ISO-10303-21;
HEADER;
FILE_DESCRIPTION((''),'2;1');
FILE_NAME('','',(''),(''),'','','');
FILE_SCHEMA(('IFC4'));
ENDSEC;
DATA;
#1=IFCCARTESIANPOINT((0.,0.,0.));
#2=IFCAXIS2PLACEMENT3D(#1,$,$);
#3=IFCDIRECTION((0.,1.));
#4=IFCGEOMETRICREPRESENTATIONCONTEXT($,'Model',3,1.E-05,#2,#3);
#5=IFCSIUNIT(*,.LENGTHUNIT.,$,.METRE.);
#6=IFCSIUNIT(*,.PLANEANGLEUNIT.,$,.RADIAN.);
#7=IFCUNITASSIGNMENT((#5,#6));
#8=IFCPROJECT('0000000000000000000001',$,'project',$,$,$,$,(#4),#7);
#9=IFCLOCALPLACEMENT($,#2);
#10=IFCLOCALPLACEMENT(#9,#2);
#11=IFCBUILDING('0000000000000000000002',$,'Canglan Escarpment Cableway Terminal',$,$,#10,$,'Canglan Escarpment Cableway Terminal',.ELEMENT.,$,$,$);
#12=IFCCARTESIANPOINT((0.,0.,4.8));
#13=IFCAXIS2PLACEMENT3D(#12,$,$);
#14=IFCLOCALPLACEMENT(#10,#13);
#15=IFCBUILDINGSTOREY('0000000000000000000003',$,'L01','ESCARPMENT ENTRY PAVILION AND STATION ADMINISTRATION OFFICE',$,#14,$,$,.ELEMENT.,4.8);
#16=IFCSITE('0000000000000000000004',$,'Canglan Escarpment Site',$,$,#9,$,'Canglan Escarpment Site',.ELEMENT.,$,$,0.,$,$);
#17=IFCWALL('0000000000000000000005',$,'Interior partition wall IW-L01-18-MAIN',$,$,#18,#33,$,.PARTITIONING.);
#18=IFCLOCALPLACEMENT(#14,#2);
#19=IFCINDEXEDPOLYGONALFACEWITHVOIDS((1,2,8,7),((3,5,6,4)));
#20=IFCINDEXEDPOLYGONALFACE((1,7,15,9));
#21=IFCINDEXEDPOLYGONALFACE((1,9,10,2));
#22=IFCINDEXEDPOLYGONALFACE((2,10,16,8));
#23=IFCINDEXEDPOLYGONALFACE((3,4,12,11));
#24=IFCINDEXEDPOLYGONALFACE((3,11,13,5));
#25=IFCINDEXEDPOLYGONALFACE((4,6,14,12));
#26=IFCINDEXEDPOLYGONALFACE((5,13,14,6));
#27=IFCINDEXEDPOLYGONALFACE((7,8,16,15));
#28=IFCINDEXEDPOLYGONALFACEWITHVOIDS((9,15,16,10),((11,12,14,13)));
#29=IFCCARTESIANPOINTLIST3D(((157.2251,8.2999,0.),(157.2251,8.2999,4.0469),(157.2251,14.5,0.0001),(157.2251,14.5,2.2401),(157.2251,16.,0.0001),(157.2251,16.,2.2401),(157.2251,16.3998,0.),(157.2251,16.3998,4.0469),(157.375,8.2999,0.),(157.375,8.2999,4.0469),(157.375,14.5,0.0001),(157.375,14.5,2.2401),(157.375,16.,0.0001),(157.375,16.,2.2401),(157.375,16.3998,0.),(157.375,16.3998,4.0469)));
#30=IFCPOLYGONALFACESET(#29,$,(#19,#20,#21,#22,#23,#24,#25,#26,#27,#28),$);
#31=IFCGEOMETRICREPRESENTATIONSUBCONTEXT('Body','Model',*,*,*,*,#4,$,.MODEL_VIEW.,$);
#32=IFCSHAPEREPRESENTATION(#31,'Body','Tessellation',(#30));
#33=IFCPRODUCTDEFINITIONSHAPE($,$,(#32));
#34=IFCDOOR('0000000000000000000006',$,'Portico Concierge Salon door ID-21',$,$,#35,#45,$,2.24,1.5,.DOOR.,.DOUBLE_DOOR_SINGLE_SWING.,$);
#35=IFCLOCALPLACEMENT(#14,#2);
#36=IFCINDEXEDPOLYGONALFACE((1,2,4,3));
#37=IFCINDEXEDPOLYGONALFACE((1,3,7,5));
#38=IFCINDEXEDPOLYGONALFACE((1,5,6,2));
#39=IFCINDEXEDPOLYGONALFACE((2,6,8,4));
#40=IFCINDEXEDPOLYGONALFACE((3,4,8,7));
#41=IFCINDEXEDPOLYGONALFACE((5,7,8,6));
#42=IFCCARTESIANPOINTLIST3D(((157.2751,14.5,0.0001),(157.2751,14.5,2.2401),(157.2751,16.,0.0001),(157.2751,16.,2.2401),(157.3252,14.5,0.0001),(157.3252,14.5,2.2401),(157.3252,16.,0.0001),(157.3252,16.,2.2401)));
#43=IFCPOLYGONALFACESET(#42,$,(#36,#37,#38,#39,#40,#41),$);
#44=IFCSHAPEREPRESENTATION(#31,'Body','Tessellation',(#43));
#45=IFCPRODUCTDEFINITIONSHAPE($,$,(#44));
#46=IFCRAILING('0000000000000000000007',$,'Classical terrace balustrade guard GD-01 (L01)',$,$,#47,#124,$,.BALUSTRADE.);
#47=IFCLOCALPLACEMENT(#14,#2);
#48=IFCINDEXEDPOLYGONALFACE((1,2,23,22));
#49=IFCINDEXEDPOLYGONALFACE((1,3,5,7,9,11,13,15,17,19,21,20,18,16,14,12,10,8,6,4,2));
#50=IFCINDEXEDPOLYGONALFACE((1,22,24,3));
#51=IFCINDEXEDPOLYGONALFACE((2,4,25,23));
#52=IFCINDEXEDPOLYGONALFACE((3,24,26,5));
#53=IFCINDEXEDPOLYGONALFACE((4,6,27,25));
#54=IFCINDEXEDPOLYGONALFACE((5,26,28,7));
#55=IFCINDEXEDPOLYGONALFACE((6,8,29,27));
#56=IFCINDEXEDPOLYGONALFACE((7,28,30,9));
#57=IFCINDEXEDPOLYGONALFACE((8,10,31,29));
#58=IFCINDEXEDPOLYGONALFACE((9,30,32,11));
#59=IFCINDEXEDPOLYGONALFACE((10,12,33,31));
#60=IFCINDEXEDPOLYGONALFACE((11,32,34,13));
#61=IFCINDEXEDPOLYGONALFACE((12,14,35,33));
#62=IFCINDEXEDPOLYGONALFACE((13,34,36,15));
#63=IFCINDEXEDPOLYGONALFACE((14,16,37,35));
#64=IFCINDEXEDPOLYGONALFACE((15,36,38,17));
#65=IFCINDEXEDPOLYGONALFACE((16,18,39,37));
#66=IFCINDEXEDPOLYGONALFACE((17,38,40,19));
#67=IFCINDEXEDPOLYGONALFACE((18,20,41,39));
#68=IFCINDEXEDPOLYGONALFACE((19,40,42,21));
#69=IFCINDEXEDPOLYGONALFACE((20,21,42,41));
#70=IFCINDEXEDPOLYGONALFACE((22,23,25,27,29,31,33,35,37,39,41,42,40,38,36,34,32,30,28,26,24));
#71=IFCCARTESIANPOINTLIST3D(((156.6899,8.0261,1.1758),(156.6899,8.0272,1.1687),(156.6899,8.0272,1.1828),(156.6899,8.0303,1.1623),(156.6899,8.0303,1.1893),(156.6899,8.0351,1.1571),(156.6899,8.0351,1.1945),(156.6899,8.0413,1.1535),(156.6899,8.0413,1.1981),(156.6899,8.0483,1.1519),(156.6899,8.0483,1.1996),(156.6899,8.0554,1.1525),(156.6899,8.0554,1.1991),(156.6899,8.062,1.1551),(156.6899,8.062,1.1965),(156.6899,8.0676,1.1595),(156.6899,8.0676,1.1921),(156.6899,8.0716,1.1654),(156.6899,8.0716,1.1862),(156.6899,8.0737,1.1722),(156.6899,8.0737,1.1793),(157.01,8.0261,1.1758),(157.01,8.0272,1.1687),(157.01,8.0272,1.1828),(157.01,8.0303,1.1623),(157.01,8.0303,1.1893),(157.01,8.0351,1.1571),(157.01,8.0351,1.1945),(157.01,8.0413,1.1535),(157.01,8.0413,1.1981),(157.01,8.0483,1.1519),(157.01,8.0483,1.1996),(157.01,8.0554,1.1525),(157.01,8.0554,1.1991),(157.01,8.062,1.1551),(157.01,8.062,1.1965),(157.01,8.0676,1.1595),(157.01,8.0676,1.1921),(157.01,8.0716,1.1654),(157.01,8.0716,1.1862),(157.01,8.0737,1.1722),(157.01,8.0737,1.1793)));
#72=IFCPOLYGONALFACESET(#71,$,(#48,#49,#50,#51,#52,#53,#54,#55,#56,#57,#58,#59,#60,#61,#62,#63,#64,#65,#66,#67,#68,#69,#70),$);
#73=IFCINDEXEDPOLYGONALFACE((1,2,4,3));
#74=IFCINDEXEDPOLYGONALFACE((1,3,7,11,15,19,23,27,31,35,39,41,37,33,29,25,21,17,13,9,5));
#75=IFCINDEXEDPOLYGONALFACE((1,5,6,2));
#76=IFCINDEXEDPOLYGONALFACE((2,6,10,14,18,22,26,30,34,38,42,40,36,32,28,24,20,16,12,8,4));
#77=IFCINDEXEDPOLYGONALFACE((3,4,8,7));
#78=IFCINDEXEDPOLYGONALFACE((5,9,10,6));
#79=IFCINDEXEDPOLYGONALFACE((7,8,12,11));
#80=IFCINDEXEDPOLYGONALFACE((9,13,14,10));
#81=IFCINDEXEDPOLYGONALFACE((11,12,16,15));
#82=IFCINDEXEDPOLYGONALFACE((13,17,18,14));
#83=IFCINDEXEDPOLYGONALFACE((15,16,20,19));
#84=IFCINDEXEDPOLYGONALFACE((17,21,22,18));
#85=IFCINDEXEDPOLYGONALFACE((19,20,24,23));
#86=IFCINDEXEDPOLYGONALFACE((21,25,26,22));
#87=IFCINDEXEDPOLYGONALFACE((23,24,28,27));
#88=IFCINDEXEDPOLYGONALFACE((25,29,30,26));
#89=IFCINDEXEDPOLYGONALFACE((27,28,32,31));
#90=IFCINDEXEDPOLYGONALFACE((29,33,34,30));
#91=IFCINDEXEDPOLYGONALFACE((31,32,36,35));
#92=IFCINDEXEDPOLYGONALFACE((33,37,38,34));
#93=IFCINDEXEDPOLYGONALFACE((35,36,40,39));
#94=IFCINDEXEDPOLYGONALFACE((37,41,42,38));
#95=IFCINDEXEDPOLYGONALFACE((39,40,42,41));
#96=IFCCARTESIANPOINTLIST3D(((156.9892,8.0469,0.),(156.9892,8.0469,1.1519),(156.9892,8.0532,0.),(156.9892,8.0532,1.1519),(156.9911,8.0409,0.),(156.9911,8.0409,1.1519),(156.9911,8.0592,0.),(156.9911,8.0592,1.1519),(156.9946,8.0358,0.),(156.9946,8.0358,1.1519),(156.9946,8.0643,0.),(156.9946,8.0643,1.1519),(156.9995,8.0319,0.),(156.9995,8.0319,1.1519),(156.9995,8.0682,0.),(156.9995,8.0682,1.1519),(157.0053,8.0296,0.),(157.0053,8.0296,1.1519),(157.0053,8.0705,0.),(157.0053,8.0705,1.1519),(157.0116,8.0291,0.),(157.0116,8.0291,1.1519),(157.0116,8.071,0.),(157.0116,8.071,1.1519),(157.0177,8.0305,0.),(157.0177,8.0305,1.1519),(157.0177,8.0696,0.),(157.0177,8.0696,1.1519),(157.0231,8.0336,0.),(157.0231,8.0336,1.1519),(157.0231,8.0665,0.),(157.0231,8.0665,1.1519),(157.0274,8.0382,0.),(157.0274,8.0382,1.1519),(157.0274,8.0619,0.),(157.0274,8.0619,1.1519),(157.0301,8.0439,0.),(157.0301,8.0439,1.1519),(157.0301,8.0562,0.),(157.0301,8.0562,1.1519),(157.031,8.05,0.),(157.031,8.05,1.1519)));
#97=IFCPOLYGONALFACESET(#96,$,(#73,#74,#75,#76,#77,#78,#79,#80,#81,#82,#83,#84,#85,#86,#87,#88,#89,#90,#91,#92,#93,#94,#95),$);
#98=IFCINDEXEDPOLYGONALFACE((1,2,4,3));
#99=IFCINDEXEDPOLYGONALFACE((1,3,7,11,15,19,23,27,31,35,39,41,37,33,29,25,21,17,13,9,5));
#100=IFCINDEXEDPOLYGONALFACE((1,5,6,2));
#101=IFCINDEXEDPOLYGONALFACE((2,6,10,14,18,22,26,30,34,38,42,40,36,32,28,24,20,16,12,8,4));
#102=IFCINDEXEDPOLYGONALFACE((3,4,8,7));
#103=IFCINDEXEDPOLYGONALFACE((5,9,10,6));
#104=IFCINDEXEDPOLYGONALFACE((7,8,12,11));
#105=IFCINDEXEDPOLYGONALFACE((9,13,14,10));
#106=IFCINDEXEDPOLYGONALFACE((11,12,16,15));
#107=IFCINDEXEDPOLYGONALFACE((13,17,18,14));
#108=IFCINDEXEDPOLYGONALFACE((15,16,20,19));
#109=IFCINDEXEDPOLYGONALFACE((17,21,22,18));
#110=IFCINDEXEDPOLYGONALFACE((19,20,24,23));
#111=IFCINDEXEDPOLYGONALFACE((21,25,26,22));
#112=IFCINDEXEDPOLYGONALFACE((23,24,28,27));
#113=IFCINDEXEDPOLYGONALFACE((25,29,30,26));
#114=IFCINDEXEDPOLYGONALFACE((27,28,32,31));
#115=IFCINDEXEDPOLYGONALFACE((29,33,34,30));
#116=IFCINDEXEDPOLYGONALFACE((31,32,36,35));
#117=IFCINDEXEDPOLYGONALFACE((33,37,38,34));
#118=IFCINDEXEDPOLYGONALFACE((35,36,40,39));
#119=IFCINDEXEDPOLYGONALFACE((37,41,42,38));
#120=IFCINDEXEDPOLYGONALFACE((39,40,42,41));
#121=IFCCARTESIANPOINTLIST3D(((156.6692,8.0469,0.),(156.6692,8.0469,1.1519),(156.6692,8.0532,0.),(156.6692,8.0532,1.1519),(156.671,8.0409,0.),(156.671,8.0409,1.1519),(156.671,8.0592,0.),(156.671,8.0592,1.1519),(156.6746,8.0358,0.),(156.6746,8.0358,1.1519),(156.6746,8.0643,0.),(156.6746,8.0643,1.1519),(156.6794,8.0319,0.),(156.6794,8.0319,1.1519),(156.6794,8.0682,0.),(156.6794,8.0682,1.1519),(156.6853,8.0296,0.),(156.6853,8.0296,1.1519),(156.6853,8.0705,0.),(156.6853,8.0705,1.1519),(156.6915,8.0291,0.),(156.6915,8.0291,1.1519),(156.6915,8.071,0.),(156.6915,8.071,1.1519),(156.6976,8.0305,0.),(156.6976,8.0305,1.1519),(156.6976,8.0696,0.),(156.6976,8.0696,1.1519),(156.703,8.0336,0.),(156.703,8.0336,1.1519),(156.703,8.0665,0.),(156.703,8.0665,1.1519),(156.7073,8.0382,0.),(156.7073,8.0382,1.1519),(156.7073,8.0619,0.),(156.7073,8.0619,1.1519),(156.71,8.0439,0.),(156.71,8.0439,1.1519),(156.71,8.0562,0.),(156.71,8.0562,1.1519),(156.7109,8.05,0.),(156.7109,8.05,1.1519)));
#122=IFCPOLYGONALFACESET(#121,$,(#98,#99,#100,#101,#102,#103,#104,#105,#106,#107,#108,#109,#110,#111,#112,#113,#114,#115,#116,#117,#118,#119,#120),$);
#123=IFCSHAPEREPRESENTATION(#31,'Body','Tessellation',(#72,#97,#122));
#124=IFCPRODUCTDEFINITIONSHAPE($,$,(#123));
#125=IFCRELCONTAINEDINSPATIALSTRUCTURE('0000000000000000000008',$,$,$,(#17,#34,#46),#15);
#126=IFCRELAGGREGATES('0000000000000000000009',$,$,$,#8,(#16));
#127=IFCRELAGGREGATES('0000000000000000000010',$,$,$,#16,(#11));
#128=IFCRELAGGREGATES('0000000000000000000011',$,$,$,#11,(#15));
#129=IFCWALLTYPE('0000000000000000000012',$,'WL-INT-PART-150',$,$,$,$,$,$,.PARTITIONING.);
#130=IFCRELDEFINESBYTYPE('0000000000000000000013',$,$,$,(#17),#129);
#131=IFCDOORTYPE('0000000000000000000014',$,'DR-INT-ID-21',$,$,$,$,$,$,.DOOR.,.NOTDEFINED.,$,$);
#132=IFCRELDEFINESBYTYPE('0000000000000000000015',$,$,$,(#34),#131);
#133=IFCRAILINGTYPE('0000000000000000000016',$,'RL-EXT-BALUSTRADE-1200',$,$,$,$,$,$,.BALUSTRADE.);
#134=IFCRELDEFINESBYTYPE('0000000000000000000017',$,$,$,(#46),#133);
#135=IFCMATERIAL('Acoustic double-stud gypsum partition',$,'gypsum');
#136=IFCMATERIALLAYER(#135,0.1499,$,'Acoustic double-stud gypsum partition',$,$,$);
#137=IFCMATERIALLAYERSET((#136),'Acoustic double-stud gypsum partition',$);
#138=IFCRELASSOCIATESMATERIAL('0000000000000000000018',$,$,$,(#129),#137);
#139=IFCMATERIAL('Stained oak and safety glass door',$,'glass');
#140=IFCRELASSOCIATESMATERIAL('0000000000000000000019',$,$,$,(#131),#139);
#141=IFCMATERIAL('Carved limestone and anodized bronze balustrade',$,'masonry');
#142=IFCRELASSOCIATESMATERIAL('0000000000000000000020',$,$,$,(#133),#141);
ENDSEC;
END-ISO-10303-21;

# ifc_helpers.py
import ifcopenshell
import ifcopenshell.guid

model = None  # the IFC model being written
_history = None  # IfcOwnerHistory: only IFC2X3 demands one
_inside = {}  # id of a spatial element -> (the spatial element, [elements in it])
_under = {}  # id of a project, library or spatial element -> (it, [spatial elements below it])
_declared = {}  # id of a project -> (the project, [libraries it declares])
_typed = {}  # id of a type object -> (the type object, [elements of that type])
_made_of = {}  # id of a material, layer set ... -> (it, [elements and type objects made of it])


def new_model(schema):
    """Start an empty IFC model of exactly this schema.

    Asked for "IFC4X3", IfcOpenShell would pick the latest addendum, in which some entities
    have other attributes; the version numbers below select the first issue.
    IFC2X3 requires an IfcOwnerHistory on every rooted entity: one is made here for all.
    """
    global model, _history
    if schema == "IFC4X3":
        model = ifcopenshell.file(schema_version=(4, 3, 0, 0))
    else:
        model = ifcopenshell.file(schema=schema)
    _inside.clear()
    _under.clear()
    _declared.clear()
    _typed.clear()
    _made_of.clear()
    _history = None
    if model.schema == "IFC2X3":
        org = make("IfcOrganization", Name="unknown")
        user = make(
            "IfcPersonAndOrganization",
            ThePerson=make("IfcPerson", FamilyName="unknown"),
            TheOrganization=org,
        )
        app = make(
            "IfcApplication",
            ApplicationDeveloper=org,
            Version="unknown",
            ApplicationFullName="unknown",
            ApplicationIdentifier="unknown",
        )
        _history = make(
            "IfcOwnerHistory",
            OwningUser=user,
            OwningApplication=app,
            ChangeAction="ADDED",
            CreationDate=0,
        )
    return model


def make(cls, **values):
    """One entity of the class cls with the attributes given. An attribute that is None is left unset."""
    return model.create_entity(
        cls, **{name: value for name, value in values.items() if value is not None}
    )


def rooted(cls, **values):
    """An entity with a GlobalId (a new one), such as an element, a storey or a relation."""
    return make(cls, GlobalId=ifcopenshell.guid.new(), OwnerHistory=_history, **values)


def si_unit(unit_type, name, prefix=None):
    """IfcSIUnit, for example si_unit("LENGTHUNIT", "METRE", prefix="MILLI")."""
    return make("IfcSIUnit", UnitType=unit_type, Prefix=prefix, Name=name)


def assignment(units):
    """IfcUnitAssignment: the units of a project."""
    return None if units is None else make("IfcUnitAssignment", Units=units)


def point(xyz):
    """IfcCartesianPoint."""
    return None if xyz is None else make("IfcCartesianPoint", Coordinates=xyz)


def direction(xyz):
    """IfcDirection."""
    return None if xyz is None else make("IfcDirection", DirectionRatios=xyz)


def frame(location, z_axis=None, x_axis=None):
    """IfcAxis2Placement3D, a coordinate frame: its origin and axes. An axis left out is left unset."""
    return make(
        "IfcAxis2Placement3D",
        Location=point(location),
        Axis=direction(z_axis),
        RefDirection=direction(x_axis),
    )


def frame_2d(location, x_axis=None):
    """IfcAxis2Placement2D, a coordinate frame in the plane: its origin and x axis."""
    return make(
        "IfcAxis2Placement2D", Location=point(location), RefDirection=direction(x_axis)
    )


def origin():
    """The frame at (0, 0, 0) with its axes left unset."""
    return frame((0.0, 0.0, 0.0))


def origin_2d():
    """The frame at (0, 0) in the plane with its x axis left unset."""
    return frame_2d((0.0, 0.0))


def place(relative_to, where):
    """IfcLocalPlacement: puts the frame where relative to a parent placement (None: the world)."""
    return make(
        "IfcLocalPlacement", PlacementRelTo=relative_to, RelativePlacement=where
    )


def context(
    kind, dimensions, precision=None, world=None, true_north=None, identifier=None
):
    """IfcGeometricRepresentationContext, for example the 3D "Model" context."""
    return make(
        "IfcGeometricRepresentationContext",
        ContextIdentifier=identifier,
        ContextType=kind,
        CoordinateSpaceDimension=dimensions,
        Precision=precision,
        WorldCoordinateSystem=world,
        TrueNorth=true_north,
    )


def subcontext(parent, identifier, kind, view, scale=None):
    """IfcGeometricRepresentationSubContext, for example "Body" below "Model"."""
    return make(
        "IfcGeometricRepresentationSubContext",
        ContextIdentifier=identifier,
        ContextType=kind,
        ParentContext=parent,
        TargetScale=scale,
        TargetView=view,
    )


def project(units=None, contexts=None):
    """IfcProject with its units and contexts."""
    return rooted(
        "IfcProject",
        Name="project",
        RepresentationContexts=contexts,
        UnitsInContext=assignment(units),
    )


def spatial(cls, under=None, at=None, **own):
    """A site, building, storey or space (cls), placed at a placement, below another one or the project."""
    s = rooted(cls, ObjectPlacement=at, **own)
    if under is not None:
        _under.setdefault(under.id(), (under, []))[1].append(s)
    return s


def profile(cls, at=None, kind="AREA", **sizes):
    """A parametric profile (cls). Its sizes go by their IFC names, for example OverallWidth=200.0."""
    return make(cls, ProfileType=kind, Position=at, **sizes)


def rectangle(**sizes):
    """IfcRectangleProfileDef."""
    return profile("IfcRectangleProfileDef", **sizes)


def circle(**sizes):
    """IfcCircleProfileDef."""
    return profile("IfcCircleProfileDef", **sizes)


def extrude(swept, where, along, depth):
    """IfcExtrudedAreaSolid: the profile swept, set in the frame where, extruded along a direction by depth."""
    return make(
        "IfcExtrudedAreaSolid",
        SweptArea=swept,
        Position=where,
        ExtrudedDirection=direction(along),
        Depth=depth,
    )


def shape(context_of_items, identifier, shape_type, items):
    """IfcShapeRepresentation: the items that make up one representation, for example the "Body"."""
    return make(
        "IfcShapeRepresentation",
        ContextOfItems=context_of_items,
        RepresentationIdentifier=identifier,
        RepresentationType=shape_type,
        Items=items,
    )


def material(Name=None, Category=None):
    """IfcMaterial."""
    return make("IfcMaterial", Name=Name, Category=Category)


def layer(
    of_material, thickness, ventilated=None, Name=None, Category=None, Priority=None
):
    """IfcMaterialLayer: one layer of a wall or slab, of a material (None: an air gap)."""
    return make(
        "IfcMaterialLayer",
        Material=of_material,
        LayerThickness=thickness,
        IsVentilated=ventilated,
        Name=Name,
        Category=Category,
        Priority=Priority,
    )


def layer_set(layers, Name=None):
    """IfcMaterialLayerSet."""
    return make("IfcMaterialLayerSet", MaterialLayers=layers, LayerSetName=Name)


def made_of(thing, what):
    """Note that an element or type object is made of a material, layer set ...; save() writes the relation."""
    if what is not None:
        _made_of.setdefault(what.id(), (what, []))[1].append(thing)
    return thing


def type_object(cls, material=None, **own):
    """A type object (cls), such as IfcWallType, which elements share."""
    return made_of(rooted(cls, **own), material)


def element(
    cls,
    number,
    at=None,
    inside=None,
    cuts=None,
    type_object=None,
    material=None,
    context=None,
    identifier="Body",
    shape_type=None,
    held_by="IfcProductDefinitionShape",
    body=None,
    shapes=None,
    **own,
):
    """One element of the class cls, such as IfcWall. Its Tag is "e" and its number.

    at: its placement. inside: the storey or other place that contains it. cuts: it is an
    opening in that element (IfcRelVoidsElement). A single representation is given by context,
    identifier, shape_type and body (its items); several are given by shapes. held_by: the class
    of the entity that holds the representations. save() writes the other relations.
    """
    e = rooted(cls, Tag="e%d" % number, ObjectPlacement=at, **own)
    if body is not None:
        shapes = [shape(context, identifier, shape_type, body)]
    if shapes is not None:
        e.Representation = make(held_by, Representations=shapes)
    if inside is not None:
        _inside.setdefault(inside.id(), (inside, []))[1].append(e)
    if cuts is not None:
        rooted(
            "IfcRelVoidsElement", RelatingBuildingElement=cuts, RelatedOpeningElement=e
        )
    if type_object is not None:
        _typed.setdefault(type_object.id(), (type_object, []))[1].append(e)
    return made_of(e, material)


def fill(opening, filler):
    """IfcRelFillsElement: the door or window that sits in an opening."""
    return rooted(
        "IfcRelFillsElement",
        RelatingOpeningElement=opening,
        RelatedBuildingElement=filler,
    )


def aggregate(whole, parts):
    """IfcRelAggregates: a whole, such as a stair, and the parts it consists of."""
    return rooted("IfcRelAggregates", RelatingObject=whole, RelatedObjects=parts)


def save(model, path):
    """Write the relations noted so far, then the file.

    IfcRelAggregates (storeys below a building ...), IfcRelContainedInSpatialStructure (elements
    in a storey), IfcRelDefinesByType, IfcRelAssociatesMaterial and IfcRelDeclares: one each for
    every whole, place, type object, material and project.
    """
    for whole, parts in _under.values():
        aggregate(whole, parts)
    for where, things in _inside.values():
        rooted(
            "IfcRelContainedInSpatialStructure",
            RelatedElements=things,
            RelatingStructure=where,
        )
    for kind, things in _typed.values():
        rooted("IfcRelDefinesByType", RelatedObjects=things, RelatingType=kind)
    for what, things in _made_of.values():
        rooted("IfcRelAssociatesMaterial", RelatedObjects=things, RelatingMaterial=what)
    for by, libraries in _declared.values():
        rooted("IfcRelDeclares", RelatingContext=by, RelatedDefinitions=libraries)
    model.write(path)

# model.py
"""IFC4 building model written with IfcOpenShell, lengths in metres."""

from ifc_helpers import new_model, si_unit, direction, frame, frame_2d, origin, origin_2d, place, context, subcontext, project, spatial, rectangle, circle, extrude, material, layer, layer_set, type_object, element, fill, save


model = new_model("IFC4")

# Units and contexts
model_context = context("Model", 3, precision=1e-05, world=origin(), true_north=direction((0.0, 1.0)))
body_context = subcontext(model_context, "Body", "Model", "MODEL_VIEW")
ifc_project = project(units=[si_unit("LENGTHUNIT", "METRE"), si_unit("PLANEANGLEUNIT", "RADIAN")], contexts=[model_context])

# Site, building, storey
site_placement = place(None, origin())
site = spatial("IfcSite", under=ifc_project, at=site_placement, Name="Canglan Escarpment Site", LongName="Canglan Escarpment Site", CompositionType="ELEMENT", RefElevation=0.0)
building_placement = place(site_placement, origin())
building = spatial("IfcBuilding", under=site, at=building_placement, Name="Canglan Escarpment Cableway Terminal", LongName="Canglan Escarpment Cableway Terminal", CompositionType="ELEMENT")
storey_placement = place(building_placement, frame((0.0, 0.0, 4.8)))
storey = spatial("IfcBuildingStorey", under=building, at=storey_placement, Name="L01", Description="ESCARPMENT ENTRY PAVILION AND STATION ADMINISTRATION OFFICE", CompositionType="ELEMENT", Elevation=4.8)

# Wall, opening, door
ifc_material_1 = material(Name="Acoustic double-stud gypsum partition", Category="gypsum")
ifc_layer_1 = layer(ifc_material_1, 0.1499, Name="Acoustic double-stud gypsum partition")
ifc_layer_set_1 = layer_set([ifc_layer_1], Name="Acoustic double-stud gypsum partition")
wall_type_1 = type_object("IfcWallType", Name="WL-INT-PART-150", PredefinedType="PARTITIONING", material=ifc_layer_set_1)
wall_1_placement = place(storey_placement, frame((157.3, 8.3, 0.0), z_axis=(0.0, 0.0, 1.0), x_axis=(0.0, 1.0, 0.0)))
wall_1 = element("IfcWall", 1, at=wall_1_placement, inside=storey, type_object=wall_type_1, Name="Interior partition wall IW-L01-18-MAIN", PredefinedType="PARTITIONING", context=body_context, shape_type="SweptSolid", body=[
    extrude(rectangle(XDim=8.0999, YDim=0.1499, at=frame_2d((4.0498, 0.0))), origin(), (0.0, 0.0, 1.0), 4.0469),
])
opening_placement = place(wall_1_placement, frame((6.2, 0.0, 0.0)))
opening = element("IfcOpeningElement", 2, at=opening_placement, cuts=wall_1, PredefinedType="OPENING", context=body_context, shape_type="SweptSolid", body=[
    extrude(rectangle(XDim=1.5, YDim=2.24, at=frame_2d((0.75, 1.1201))), frame((0.0, 0.085, 0.0), z_axis=(0.0, -1.0, 0.0), x_axis=(1.0, 0.0, 0.0)), (0.0, 0.0, 1.0), 0.1699),
])
ifc_material_2 = material(Name="Stained oak and safety glass door", Category="glass")
door_type = type_object("IfcDoorType", Name="DR-INT-ID-21", OperationType="NOTDEFINED", PredefinedType="DOOR", material=ifc_material_2)
door_placement = place(opening_placement, origin())
door = element("IfcDoor", 3, at=door_placement, inside=storey, type_object=door_type, Name="Portico Concierge Salon door ID-21", OperationType="DOUBLE_DOOR_SINGLE_SWING", OverallHeight=2.24, OverallWidth=1.5, PredefinedType="DOOR", context=body_context, shape_type="SweptSolid", body=[
    extrude(rectangle(XDim=1.5, YDim=2.24, at=frame_2d((0.75, 1.1201))), frame((0.0, 0.0249, 0.0), z_axis=(0.0, -1.0, 0.0), x_axis=(1.0, 0.0, 0.0)), (0.0, 0.0, 1.0), 0.05),
])
fill(opening, door)

# Railing
ifc_material_3 = material(Name="Carved limestone and anodized bronze balustrade", Category="masonry")
railing_type = type_object("IfcRailingType", Name="RL-EXT-BALUSTRADE-1200", PredefinedType="BALUSTRADE", material=ifc_material_3)
railing_placement = place(storey_placement, frame((157.01, 8.05, 0.0)))
element("IfcRailing", 4, at=railing_placement, inside=storey, type_object=railing_type, Name="Classical terrace balustrade guard GD-01 (L01)", PredefinedType="BALUSTRADE", context=body_context, shape_type="SweptSolid", body=[
    extrude(circle(Radius=0.0239, at=origin_2d()), frame((0.0, 0.0, 1.1758), z_axis=(-1.0, 0.0, 0.0), x_axis=(0.0, -1.0, 0.0)), (0.0, 0.0, 1.0), 0.3201),
    extrude(circle(Radius=0.021, at=origin_2d()), origin(), (0.0, 0.0, 1.0), 1.1519),
    extrude(circle(Radius=0.021, at=origin_2d()), frame((-0.3201, 0.0, 0.0)), (0.0, 0.0, 1.0), 1.1519),
])

save(model, "model.ifc")
